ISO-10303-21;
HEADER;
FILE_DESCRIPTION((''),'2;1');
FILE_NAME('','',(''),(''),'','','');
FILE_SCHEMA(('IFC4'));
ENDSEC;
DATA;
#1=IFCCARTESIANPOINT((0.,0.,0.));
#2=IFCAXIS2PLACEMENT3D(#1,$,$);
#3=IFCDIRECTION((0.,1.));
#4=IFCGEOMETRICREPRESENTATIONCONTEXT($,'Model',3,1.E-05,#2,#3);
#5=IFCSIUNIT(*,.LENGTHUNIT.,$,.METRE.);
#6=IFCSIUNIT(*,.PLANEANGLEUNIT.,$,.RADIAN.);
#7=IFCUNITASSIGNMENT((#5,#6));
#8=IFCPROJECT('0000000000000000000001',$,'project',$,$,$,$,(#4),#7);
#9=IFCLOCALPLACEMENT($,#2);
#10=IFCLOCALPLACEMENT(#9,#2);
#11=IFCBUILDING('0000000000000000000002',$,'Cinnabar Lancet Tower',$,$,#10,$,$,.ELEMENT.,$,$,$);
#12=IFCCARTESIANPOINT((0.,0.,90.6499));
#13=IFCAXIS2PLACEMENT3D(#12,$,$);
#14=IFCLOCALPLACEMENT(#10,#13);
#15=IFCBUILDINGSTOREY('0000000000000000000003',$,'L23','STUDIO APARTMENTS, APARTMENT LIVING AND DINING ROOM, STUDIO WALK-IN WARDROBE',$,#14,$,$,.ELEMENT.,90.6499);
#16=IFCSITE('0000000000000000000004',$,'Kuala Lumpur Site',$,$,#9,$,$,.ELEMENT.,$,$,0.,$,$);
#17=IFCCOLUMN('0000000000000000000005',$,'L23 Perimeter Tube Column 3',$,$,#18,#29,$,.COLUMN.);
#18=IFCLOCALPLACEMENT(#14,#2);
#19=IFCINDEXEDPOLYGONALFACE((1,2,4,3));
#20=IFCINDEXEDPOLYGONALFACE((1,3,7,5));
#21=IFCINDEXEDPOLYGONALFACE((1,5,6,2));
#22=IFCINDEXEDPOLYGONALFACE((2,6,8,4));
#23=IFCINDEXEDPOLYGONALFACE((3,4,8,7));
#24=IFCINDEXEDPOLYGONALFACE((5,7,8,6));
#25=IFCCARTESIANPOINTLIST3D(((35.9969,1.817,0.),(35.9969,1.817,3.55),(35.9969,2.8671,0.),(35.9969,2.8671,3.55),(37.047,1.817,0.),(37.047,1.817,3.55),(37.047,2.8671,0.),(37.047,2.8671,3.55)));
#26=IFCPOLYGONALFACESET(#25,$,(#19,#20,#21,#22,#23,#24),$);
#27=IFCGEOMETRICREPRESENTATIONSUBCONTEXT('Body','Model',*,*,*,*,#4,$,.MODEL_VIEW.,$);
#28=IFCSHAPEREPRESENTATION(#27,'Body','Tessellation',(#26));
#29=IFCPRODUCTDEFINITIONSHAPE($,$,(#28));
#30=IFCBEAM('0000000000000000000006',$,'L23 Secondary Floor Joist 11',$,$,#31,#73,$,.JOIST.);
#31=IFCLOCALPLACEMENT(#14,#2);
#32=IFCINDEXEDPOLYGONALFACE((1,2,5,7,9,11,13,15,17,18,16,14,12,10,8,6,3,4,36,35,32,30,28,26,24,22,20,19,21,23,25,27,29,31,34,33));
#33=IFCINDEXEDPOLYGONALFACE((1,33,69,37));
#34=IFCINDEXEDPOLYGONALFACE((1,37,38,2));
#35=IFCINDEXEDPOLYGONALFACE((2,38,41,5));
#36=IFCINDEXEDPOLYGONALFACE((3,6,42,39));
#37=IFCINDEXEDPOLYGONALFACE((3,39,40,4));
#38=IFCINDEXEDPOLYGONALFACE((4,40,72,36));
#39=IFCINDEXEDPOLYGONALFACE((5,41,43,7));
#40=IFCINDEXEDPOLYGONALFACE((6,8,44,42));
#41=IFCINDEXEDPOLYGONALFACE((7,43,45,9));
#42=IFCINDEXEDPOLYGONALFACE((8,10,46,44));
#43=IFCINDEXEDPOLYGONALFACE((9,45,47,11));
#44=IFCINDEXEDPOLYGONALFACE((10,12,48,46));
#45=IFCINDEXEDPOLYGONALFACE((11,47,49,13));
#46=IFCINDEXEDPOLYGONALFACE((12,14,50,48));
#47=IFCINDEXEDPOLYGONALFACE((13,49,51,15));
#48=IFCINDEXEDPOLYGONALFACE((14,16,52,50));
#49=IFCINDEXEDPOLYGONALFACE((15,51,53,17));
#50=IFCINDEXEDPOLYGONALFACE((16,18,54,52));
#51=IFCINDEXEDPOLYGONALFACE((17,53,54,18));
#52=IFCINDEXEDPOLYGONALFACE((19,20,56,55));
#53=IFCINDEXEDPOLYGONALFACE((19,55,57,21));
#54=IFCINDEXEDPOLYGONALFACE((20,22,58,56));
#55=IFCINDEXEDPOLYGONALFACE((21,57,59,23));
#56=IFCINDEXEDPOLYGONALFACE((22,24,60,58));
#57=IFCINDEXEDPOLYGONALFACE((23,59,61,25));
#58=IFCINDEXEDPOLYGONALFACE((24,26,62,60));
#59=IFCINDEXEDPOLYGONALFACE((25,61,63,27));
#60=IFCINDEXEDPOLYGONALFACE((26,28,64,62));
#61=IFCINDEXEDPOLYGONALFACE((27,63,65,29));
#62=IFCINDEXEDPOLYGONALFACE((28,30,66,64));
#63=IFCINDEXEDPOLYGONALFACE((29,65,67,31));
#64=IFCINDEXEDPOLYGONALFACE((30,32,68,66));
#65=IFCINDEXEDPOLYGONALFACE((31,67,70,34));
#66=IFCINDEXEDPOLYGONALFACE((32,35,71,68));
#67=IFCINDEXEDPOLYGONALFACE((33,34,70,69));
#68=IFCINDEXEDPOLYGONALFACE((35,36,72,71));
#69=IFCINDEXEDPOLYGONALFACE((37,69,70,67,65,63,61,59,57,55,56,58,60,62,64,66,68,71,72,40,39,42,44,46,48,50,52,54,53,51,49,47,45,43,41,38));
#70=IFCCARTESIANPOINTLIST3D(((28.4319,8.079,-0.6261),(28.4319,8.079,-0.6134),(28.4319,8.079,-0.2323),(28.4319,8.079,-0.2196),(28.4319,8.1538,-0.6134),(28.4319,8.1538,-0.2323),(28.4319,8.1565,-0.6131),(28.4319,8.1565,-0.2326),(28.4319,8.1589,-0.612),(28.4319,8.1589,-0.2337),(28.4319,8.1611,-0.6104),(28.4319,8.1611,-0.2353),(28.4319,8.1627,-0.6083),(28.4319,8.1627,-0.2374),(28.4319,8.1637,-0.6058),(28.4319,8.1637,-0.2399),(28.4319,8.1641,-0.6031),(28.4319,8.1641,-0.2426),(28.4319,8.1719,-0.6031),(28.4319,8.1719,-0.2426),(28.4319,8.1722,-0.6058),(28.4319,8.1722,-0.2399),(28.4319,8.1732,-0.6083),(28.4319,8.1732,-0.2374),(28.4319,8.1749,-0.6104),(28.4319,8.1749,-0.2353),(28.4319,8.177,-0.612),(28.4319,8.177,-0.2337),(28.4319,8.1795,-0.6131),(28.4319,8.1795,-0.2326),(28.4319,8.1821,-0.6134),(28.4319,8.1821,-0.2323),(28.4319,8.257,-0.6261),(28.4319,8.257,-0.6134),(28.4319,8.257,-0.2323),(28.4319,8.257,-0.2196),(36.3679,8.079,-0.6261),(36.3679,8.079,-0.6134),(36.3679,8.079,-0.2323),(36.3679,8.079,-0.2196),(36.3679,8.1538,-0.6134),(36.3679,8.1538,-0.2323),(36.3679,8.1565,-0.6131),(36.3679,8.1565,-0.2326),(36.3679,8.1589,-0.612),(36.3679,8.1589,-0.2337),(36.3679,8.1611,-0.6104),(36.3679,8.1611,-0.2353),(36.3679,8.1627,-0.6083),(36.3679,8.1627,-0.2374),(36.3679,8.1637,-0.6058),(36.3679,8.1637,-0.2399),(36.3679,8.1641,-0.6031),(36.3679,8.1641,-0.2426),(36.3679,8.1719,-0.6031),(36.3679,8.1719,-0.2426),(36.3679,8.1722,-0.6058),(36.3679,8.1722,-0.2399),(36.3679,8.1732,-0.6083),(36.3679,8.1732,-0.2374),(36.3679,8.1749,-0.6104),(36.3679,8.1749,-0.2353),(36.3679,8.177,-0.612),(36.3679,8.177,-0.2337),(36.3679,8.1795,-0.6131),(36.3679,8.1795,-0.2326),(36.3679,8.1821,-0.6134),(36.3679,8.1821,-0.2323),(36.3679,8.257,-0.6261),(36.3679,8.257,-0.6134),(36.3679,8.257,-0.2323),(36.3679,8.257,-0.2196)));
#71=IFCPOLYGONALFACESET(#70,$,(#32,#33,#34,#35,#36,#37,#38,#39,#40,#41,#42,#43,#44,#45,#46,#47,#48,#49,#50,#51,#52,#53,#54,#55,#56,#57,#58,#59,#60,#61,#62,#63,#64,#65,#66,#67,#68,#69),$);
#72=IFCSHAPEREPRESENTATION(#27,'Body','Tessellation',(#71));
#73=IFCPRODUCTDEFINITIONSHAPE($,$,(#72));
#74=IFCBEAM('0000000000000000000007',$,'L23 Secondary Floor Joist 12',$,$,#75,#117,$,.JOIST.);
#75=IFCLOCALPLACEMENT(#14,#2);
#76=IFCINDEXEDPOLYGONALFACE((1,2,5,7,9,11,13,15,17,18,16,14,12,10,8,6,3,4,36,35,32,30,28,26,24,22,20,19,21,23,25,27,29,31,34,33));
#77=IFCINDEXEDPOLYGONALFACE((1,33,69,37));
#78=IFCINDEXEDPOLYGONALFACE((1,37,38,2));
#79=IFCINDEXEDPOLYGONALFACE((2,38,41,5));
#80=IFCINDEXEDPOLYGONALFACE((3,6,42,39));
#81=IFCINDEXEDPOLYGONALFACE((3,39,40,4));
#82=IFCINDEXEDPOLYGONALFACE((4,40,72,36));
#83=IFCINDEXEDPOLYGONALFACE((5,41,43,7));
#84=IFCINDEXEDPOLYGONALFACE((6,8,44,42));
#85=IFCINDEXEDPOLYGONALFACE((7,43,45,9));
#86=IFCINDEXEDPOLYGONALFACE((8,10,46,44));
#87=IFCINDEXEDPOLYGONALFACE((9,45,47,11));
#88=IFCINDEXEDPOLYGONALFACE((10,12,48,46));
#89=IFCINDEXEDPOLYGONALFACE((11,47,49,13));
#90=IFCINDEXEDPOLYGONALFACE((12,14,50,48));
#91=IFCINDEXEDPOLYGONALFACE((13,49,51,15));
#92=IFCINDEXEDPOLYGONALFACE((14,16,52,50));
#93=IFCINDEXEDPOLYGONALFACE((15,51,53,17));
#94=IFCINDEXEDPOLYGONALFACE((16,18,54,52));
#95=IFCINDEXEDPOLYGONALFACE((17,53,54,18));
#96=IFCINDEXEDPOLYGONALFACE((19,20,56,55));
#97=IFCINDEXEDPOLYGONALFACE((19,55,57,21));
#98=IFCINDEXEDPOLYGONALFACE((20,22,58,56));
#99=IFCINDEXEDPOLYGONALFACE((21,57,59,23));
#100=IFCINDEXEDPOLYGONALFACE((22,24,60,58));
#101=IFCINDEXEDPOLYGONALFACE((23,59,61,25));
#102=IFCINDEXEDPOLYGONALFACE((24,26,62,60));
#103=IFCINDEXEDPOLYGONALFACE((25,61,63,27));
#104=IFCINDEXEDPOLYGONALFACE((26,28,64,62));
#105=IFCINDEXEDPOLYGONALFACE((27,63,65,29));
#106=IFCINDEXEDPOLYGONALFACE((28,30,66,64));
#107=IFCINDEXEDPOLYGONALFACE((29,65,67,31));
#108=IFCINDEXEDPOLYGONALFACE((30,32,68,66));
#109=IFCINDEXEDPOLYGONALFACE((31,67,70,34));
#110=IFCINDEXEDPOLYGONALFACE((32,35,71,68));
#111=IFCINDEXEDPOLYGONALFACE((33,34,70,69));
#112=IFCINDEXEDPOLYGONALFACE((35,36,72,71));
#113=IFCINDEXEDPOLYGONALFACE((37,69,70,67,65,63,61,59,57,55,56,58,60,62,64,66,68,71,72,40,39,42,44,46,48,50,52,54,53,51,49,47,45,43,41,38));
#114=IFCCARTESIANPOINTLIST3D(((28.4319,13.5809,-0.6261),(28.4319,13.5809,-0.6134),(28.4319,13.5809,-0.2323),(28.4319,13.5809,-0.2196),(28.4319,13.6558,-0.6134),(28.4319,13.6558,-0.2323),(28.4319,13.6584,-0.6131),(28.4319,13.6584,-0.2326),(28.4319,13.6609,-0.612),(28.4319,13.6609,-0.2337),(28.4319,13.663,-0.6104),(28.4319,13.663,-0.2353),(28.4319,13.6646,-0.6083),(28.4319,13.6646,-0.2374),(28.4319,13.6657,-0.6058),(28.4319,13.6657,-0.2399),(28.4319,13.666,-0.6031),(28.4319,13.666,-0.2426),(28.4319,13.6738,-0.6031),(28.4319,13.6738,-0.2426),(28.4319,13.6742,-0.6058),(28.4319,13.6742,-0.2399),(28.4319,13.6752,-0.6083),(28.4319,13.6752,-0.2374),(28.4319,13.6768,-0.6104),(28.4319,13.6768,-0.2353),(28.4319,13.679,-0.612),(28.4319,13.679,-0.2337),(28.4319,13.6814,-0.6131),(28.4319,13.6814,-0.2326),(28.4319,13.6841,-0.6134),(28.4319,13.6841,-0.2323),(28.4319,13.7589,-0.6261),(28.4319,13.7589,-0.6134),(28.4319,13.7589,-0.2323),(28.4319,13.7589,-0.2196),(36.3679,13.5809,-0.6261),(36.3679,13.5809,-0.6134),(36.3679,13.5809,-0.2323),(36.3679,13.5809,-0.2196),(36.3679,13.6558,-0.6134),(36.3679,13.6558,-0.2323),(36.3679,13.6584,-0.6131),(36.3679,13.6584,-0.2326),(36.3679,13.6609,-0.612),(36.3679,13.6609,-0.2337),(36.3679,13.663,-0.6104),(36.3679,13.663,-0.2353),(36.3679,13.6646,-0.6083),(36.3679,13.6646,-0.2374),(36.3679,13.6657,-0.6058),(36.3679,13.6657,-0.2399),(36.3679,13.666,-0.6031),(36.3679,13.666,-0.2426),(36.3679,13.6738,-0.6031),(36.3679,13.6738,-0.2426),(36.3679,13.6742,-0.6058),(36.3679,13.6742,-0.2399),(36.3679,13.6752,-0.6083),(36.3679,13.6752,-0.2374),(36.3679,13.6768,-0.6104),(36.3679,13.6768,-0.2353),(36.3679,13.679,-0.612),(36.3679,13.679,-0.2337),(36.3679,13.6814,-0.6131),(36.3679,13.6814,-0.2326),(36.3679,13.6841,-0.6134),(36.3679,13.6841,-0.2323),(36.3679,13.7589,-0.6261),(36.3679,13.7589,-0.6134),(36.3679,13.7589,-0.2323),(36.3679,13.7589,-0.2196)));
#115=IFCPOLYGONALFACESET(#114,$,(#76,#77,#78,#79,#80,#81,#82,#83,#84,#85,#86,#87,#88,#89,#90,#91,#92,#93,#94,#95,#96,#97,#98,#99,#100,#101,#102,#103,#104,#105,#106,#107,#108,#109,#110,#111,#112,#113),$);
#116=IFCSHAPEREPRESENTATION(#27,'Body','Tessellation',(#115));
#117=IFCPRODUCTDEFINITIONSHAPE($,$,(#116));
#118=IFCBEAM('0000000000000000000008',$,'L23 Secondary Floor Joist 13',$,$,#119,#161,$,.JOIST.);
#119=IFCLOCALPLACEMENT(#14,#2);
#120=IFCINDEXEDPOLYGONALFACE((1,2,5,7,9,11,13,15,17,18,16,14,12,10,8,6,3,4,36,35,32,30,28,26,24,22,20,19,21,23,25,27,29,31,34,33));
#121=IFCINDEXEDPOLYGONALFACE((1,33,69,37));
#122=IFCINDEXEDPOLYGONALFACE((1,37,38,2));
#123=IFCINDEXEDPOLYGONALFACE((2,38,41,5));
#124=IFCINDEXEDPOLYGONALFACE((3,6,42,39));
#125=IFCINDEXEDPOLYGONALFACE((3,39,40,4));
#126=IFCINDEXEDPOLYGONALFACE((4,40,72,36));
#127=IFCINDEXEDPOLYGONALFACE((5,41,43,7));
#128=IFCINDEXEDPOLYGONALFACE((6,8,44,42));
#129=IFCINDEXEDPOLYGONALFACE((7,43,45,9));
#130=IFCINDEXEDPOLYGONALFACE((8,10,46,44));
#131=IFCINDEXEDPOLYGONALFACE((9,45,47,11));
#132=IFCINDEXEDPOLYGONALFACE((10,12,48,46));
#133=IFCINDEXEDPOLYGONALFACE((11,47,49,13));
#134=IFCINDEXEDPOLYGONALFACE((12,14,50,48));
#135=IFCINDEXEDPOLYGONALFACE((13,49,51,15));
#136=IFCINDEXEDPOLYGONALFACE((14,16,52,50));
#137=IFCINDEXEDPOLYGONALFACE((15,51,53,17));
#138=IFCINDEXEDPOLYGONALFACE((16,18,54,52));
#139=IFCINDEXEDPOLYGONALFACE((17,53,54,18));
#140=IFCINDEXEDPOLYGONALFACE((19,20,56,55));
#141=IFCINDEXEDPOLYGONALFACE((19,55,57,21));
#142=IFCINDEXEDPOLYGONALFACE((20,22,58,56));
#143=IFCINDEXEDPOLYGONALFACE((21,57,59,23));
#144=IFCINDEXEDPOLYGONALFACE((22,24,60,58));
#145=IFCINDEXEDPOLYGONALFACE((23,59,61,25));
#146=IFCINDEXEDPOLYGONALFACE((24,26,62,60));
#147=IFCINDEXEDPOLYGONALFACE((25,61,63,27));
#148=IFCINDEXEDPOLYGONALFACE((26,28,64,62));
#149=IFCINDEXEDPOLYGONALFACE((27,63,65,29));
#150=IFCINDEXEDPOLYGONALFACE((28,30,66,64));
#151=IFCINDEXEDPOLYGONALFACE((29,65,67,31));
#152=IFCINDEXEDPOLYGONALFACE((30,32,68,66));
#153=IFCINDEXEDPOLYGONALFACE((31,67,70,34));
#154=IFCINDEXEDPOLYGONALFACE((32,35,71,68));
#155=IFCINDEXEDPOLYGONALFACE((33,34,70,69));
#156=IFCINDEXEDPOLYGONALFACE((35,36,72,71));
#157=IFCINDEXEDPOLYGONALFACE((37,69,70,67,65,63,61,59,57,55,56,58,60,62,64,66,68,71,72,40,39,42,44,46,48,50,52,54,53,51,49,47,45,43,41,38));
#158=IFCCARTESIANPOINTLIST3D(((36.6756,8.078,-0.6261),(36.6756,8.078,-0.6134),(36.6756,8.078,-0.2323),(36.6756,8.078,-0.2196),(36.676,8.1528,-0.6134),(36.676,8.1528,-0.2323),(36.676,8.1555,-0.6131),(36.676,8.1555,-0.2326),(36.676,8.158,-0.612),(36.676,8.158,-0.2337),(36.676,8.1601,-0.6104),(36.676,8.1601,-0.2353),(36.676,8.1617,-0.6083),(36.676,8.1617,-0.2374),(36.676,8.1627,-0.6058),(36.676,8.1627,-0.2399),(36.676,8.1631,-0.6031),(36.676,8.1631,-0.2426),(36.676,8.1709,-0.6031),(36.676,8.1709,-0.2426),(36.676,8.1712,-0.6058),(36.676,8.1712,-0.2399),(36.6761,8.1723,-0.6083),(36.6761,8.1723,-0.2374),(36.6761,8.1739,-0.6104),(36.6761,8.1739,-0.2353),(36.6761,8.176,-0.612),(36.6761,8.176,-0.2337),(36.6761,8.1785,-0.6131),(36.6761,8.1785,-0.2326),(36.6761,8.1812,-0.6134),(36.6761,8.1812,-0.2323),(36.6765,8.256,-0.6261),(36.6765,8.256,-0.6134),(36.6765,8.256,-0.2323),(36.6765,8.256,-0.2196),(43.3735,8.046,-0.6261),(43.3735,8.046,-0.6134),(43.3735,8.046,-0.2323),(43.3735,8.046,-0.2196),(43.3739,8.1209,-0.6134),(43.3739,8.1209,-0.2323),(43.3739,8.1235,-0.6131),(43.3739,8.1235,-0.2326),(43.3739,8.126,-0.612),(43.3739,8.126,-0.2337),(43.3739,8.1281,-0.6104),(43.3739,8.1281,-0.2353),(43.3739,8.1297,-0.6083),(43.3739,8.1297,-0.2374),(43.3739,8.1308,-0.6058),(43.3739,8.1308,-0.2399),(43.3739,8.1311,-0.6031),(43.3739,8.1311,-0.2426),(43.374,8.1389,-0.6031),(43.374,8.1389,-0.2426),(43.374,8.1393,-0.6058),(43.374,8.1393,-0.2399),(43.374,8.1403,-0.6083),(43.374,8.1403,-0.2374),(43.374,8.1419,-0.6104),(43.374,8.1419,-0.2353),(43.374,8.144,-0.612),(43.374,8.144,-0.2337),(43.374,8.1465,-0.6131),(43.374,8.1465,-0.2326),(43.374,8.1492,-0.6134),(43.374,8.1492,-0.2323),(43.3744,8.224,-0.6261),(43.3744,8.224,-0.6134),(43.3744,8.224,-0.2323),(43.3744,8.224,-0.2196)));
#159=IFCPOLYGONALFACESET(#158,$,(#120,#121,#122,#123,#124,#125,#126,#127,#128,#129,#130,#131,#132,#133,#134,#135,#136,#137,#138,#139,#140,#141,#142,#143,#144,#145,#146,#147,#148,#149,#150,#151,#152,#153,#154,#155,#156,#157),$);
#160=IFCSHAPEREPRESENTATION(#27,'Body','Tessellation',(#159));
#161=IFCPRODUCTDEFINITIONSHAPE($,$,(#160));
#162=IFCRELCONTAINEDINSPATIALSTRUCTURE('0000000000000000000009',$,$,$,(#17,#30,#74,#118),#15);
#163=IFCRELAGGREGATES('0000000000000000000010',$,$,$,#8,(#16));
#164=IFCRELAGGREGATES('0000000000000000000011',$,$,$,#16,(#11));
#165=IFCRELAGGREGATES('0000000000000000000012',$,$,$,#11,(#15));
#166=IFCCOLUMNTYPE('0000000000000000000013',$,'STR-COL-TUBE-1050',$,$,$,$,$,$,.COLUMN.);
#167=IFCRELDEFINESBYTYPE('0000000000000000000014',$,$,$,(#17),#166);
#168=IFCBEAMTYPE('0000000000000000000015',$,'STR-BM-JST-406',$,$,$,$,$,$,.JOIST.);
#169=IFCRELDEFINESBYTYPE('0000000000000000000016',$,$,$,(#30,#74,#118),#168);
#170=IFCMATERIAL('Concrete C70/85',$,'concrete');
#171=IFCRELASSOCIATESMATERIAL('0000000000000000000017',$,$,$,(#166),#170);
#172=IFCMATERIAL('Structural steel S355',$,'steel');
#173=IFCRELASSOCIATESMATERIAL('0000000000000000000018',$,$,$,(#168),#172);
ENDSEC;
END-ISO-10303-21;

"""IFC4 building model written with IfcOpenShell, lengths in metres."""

from ifc_helpers import new_model, si_unit, direction, frame, origin, origin_2d, place, context, subcontext, project, spatial, rectangle, i_section, extrude, material, material_profile, profile_set, type_object, element, save


model = new_model("IFC4")

# Units and contexts
model_context = context("Model", 3, precision=1e-05, world=origin(), true_north=direction((0.0, 1.0)))
body_context = subcontext(model_context, "Body", "Model", "MODEL_VIEW")
ifc_project = project(units=[si_unit("LENGTHUNIT", "METRE"), si_unit("PLANEANGLEUNIT", "RADIAN")], contexts=[model_context])

# Site, building, storey
site_placement = place(None, origin())
site = spatial("IfcSite", under=ifc_project, at=site_placement, Name="Kuala Lumpur Site", CompositionType="ELEMENT", RefElevation=0.0)
building_placement = place(site_placement, origin())
building = spatial("IfcBuilding", under=site, at=building_placement, Name="Cinnabar Lancet Tower", CompositionType="ELEMENT")
storey_placement = place(building_placement, frame((0.0, 0.0, 90.6499)))
storey = spatial("IfcBuildingStorey", under=building, at=storey_placement, Name="L23", Description="STUDIO APARTMENTS, APARTMENT LIVING AND DINING ROOM, STUDIO WALK-IN WARDROBE", CompositionType="ELEMENT", Elevation=90.6499)

# Column
ifc_material_1 = material(Name="Concrete C70/85", Category="concrete")
ifc_material_profile_1 = material_profile(ifc_material_1, rectangle(XDim=1.05, YDim=1.05, at=origin_2d()), Name="RC-COL 1050x1050")
ifc_profile_set_1 = profile_set([ifc_material_profile_1], Name="Concrete C70/85")
column_type = type_object("IfcColumnType", Name="STR-COL-TUBE-1050", PredefinedType="COLUMN", material=ifc_profile_set_1)
column_placement = place(storey_placement, frame((36.522, 2.342, 0.0), z_axis=(0.0, 0.0, 1.0), x_axis=(1.0, 0.0, 0.0)))
element("IfcColumn", 1, at=column_placement, inside=storey, type_object=column_type, Name="L23 Perimeter Tube Column 3", PredefinedType="COLUMN", context=body_context, shape_type="SweptSolid", body=[
    extrude(rectangle(XDim=1.05, YDim=1.05, at=origin_2d()), origin(), (0.0, 0.0, 1.0), 3.55),
])

# Beams
ifc_material_2 = material(Name="Structural steel S355", Category="steel")
ifc_material_profile_2 = material_profile(ifc_material_2, i_section(OverallWidth=0.178, OverallDepth=0.4065, WebThickness=0.0078, FlangeThickness=0.0127, FilletRadius=0.0103, at=origin_2d()), Name="UKB 406x178x60")
ifc_profile_set_2 = profile_set([ifc_material_profile_2], Name="Structural steel S355")
beam_type_1 = type_object("IfcBeamType", Name="STR-BM-JST-406", PredefinedType="JOIST", material=ifc_profile_set_2)
for number, where, z_axis, x_axis, name in (
    (2, (28.4319, 8.168, -0.4229), (1.0, 0.0, 0.0), (0.0, 1.0, 0.0), "L23 Secondary Floor Joist 11"),
    (3, (28.4319, 13.6699, -0.4229), (1.0, 0.0, 0.0), (0.0, 1.0, 0.0), "L23 Secondary Floor Joist 12"),
):
    element("IfcBeam", number, at=place(storey_placement, frame(where, z_axis=z_axis, x_axis=x_axis)), inside=storey, type_object=beam_type_1, Name=name, PredefinedType="JOIST", context=body_context, shape_type="SweptSolid", body=[
        extrude(i_section(OverallWidth=0.178, OverallDepth=0.4065, WebThickness=0.0078, FlangeThickness=0.0127, FilletRadius=0.0103, at=origin_2d()), origin(), (0.0, 0.0, 1.0), 7.936),
    ])
beam_1_placement = place(storey_placement, frame((36.676, 8.167, -0.4229), z_axis=(0.999989, -0.004775, 0.0), x_axis=(0.004775, 0.999989, 0.0)))
element("IfcBeam", 4, at=beam_1_placement, inside=storey, type_object=beam_type_1, Name="L23 Secondary Floor Joist 13", PredefinedType="JOIST", context=body_context, shape_type="SweptSolid", body=[
    extrude(i_section(OverallWidth=0.178, OverallDepth=0.4065, WebThickness=0.0078, FlangeThickness=0.0127, FilletRadius=0.0103, at=origin_2d()), origin(), (0.0, 0.0, 1.0), 6.698),
])

save(model, "model.ifc")
